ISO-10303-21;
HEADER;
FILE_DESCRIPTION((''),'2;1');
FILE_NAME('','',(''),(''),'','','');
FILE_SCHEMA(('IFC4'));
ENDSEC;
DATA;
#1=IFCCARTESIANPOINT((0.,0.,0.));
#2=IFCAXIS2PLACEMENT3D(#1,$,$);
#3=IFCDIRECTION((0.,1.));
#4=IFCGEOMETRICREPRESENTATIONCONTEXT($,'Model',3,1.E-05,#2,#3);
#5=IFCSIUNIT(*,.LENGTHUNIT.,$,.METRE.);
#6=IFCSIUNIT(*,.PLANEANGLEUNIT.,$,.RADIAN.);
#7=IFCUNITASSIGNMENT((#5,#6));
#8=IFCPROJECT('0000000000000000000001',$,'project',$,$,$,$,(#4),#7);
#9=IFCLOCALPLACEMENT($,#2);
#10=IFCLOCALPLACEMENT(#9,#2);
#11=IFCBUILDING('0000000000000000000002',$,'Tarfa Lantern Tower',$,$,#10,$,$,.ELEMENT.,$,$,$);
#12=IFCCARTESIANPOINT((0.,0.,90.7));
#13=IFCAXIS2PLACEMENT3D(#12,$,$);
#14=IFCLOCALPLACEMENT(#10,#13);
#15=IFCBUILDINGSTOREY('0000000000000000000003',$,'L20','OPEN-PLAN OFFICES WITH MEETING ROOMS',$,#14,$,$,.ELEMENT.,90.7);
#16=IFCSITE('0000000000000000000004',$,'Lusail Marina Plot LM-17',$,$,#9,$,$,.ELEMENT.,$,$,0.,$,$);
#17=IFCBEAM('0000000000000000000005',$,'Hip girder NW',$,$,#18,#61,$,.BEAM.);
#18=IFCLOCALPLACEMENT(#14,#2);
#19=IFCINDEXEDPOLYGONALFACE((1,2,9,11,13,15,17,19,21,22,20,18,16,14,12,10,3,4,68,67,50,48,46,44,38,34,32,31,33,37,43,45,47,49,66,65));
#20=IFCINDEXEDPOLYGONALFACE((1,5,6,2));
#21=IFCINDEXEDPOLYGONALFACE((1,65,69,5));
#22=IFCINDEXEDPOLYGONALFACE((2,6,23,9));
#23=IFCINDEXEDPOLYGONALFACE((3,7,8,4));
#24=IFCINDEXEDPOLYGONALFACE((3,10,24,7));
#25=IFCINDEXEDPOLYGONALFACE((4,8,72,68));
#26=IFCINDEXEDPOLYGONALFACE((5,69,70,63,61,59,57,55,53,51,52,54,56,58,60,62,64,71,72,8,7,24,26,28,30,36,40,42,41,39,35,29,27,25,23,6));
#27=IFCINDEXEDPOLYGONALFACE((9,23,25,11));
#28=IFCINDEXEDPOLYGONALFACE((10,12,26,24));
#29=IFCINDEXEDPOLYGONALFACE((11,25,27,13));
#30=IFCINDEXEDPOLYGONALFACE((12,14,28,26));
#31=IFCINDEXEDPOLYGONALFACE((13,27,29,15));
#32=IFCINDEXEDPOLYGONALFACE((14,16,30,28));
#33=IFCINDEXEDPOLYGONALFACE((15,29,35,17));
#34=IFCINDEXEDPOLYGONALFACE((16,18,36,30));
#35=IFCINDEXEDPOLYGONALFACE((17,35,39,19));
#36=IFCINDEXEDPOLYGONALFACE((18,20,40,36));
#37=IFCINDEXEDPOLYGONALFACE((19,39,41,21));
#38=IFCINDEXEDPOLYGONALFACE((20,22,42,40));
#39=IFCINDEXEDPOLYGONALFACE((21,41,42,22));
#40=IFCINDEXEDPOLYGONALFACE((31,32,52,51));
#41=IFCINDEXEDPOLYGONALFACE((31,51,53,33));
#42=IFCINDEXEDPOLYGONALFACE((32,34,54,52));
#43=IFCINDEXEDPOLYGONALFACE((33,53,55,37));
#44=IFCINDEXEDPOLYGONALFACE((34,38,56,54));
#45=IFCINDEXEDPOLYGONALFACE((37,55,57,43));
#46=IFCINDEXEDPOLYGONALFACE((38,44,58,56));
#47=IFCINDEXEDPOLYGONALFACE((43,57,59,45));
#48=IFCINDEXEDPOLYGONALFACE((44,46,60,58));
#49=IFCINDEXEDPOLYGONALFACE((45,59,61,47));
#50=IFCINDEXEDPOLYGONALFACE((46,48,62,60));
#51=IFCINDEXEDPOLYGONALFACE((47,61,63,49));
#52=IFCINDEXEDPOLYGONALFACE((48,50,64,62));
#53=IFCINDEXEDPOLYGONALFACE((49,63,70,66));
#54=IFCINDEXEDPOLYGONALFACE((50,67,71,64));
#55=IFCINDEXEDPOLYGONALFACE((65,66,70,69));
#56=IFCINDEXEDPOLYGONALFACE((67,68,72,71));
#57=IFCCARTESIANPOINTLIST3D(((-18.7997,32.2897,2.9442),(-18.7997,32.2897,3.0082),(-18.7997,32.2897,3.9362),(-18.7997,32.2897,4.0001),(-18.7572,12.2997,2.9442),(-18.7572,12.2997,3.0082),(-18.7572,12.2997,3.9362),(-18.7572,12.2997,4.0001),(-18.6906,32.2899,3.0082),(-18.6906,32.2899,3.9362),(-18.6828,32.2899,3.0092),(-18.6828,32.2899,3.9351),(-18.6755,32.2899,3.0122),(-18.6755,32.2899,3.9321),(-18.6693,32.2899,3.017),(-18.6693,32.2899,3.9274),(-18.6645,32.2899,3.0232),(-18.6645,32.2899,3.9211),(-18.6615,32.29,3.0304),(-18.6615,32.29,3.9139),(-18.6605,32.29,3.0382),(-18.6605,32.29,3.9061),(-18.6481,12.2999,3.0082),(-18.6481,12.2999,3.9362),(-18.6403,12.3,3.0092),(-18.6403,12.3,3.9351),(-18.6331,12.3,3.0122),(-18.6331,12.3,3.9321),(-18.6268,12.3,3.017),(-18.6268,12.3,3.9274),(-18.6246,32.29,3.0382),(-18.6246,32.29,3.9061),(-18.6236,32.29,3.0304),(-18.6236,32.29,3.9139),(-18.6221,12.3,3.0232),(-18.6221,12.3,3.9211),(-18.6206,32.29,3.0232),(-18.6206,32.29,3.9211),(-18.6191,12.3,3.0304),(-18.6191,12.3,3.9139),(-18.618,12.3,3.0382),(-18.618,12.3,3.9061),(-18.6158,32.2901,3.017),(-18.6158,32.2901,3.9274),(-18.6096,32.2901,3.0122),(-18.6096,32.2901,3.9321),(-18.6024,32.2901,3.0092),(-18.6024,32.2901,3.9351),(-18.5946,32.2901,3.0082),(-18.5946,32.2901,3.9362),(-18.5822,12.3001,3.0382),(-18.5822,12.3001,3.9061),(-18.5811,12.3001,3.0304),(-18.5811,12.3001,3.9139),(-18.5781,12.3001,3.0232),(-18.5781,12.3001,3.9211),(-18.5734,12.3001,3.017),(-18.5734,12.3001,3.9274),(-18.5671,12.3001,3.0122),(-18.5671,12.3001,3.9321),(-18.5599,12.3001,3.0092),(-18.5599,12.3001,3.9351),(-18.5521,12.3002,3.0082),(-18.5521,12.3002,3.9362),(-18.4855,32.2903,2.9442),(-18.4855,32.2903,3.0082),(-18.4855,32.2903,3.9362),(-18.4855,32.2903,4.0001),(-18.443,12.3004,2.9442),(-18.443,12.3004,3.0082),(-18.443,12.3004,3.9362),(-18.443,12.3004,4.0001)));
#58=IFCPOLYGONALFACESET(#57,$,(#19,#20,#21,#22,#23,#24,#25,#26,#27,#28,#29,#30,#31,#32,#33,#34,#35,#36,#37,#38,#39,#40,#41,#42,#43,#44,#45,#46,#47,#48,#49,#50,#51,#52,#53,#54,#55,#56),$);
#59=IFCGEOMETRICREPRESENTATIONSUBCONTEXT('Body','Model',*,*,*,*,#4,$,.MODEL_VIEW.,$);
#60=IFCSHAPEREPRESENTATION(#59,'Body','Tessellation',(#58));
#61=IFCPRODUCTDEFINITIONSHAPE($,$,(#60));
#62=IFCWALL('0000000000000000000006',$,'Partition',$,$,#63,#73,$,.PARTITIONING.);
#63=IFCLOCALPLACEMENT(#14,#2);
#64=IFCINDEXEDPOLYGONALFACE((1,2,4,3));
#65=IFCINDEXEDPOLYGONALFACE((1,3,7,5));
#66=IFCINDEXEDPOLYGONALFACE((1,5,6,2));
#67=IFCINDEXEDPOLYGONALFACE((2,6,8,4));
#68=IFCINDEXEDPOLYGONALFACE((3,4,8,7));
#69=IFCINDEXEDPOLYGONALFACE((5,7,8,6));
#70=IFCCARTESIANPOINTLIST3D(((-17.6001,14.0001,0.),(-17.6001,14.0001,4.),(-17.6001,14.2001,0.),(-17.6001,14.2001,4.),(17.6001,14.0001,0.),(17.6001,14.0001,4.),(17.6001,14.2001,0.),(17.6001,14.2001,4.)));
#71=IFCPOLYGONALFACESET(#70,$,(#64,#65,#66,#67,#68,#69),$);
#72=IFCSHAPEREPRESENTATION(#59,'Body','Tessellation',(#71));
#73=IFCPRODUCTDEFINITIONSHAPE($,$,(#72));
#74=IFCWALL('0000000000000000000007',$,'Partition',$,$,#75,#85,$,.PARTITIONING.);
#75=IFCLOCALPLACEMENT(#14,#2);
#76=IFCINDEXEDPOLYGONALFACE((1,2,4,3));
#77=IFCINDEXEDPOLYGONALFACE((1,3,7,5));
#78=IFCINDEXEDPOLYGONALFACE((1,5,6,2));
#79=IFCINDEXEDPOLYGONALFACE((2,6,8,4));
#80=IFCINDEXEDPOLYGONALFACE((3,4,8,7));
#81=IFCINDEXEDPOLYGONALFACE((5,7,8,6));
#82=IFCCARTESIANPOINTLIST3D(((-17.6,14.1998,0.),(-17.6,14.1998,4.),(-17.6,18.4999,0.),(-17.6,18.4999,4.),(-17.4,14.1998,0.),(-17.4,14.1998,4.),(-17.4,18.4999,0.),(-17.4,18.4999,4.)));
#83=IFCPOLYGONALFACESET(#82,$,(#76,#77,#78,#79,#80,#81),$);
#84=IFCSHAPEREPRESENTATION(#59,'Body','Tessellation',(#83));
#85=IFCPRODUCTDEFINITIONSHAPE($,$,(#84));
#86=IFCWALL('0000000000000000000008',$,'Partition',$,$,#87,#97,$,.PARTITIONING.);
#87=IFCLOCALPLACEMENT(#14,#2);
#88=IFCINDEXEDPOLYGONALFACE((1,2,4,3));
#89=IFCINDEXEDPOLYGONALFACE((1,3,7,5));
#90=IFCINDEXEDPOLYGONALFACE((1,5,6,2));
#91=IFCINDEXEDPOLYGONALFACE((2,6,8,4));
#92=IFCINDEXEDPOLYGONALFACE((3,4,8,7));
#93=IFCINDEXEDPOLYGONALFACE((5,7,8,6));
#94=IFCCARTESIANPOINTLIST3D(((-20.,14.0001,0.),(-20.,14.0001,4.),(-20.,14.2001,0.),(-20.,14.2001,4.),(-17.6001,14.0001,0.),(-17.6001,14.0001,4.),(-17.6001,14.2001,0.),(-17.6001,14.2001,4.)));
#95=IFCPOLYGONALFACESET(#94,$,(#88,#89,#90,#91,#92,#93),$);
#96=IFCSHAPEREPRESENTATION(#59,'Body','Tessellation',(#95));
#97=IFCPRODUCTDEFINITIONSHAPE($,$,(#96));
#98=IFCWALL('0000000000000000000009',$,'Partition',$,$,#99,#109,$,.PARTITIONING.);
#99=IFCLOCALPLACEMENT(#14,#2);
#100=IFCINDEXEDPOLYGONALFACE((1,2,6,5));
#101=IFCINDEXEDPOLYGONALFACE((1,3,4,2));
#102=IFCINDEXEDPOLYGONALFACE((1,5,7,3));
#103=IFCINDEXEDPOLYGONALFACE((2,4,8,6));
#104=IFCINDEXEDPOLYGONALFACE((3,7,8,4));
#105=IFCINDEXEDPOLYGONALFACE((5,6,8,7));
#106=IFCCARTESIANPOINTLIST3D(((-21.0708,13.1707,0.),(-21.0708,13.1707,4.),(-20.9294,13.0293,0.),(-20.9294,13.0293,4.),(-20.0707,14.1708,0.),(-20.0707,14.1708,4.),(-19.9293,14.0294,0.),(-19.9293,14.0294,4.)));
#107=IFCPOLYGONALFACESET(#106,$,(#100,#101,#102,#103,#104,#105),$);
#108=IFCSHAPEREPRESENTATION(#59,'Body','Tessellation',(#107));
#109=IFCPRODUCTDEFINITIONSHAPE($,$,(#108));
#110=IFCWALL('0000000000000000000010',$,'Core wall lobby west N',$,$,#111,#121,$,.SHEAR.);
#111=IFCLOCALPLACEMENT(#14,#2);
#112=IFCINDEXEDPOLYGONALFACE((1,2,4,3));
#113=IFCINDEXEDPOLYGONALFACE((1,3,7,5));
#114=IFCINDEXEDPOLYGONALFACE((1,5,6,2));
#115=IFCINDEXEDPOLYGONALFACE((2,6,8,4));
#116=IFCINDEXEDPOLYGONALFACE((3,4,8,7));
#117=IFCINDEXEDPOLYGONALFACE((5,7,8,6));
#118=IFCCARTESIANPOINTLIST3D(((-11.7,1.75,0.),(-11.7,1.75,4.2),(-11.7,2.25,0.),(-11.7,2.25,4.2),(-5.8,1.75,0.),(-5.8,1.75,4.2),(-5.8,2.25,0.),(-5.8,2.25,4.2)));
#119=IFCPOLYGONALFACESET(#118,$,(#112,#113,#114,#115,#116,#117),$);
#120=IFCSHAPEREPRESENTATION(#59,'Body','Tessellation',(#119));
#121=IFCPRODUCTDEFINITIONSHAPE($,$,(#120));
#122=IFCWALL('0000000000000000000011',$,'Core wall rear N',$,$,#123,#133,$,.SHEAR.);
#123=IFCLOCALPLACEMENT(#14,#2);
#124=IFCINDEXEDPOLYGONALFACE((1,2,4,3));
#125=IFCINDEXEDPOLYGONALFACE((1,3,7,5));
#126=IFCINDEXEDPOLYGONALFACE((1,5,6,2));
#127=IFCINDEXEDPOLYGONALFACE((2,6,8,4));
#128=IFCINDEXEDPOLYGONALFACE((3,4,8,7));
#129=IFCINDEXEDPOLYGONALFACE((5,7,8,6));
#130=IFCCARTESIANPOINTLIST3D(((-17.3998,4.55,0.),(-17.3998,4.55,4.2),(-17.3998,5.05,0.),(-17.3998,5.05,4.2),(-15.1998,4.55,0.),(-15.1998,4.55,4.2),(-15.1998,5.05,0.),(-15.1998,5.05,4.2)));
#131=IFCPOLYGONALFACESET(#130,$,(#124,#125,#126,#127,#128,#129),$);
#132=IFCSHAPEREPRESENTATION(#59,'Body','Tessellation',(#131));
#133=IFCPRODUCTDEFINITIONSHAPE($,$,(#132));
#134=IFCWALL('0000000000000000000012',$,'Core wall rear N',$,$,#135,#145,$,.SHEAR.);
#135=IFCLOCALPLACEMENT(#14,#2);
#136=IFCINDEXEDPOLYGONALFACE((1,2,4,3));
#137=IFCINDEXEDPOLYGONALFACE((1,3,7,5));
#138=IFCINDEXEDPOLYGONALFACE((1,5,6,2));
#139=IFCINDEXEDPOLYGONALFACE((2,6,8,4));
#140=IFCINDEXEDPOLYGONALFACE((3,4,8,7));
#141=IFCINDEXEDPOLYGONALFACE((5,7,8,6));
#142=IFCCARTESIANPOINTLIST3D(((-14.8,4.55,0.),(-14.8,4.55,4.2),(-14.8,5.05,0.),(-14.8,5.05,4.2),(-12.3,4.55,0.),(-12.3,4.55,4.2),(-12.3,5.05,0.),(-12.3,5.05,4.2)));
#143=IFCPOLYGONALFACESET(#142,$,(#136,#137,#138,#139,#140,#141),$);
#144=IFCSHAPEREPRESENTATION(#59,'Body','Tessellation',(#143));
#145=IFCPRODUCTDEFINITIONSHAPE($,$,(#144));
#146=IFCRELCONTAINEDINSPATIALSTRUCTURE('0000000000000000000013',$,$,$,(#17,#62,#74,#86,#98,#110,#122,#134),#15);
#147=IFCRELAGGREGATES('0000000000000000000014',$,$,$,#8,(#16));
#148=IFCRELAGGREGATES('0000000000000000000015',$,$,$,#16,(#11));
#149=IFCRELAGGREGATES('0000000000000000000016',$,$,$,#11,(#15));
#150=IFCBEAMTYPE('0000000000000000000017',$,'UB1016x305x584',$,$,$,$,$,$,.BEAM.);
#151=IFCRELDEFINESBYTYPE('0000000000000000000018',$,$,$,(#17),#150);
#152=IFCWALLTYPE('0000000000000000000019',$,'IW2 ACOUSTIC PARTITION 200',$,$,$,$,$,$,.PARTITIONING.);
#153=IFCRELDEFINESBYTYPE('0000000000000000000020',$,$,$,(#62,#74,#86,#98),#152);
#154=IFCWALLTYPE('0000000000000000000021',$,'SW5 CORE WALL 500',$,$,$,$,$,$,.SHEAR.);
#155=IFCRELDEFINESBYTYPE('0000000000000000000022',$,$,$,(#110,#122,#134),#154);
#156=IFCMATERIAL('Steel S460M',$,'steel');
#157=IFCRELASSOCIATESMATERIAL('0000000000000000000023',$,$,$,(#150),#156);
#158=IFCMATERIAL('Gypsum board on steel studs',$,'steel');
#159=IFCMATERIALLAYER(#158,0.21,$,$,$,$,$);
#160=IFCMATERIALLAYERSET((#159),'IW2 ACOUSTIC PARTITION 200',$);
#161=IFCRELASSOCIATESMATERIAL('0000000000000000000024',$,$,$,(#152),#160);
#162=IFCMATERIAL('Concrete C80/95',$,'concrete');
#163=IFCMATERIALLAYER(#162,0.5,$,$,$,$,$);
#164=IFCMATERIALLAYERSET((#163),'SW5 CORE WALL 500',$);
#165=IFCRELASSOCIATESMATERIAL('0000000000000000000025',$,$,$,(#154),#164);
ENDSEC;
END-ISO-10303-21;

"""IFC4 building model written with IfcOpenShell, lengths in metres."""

from ifc_helpers import new_model, si_unit, direction, frame, frame_2d, origin, origin_2d, place, context, subcontext, project, spatial, rectangle, i_section, extrude, material, layer, layer_set, material_profile, profile_set, type_object, element, save


model = new_model("IFC4")

# Units and contexts
model_context = context("Model", 3, precision=1e-05, world=origin(), true_north=direction((0.0, 1.0)))
body_context = subcontext(model_context, "Body", "Model", "MODEL_VIEW")
ifc_project = project(units=[si_unit("LENGTHUNIT", "METRE"), si_unit("PLANEANGLEUNIT", "RADIAN")], contexts=[model_context])

# Site, building, storey
site_placement = place(None, origin())
site = spatial("IfcSite", under=ifc_project, at=site_placement, Name="Lusail Marina Plot LM-17", CompositionType="ELEMENT", RefElevation=0.0)
building_placement = place(site_placement, origin())
building = spatial("IfcBuilding", under=site, at=building_placement, Name="Tarfa Lantern Tower", CompositionType="ELEMENT")
storey_placement = place(building_placement, frame((0.0, 0.0, 90.7)))
storey = spatial("IfcBuildingStorey", under=building, at=storey_placement, Name="L20", Description="OPEN-PLAN OFFICES WITH MEETING ROOMS", CompositionType="ELEMENT", Elevation=90.7)

# Beam
ifc_material_1 = material(Name="Steel S460M", Category="steel")
ifc_material_profile = material_profile(ifc_material_1, i_section(OverallWidth=0.3142, OverallDepth=1.0559, WebThickness=0.0359, FlangeThickness=0.064, FilletRadius=0.03, at=origin_2d()), Name="UB1016x305x584")
ifc_profile_set = profile_set([ifc_material_profile], Name="Steel S460M")
beam_type = type_object("IfcBeamType", Name="UB1016x305x584", PredefinedType="BEAM", material=ifc_profile_set)
beam_placement = place(storey_placement, frame((-18.6001, 12.3, 3.4722), z_axis=(-0.002125, 0.999998, 0.0), x_axis=(-0.999998, -0.002125, 0.0)))
element("IfcBeam", 1, at=beam_placement, inside=storey, type_object=beam_type, Name="Hip girder NW", PredefinedType="BEAM", context=body_context, shape_type="SweptSolid", body=[
    extrude(i_section(OverallWidth=0.3142, OverallDepth=1.0559, WebThickness=0.0359, FlangeThickness=0.064, FilletRadius=0.03, at=origin_2d()), origin(), (0.0, 0.0, 1.0), 19.99),
])

# Walls
ifc_material_2 = material(Name="Gypsum board on steel studs", Category="steel")
ifc_layer_1 = layer(ifc_material_2, 0.21)
ifc_layer_set_1 = layer_set([ifc_layer_1], Name="IW2 ACOUSTIC PARTITION 200")
wall_type_1 = type_object("IfcWallType", Name="IW2 ACOUSTIC PARTITION 200", PredefinedType="PARTITIONING", material=ifc_layer_set_1)
wall_1_placement = place(storey_placement, frame((-17.6001, 14.1001, 0.0), z_axis=(0.0, 0.0, 1.0), x_axis=(1.0, 0.0, 0.0)))
element("IfcWall", 2, at=wall_1_placement, inside=storey, type_object=wall_type_1, Name="Partition", PredefinedType="PARTITIONING", context=body_context, shape_type="SweptSolid", body=[
    extrude(rectangle(XDim=35.2002, YDim=0.2, at=frame_2d((17.6001, 0.0))), origin(), (0.0, 0.0, 1.0), 4.0),
])
wall_2_placement = place(storey_placement, frame((-17.5, 14.2, 0.0), z_axis=(0.0, 0.0, 1.0), x_axis=(0.0, 1.0, 0.0)))
element("IfcWall", 3, at=wall_2_placement, inside=storey, type_object=wall_type_1, Name="Partition", PredefinedType="PARTITIONING", context=body_context, shape_type="SweptSolid", body=[
    extrude(rectangle(XDim=4.3, YDim=0.2, at=frame_2d((2.1499, 0.0))), origin(), (0.0, 0.0, 1.0), 4.0),
])
wall_3_placement = place(storey_placement, frame((-20.0, 14.1001, 0.0), z_axis=(0.0, 0.0, 1.0), x_axis=(1.0, 0.0, 0.0)))
element("IfcWall", 4, at=wall_3_placement, inside=storey, type_object=wall_type_1, Name="Partition", PredefinedType="PARTITIONING", context=body_context, shape_type="SweptSolid", body=[
    extrude(rectangle(XDim=2.3999, YDim=0.2, at=frame_2d((1.2, 0.0))), origin(), (0.0, 0.0, 1.0), 4.0),
])
wall_4_placement = place(storey_placement, frame((-21.0, 13.1001, 0.0), z_axis=(0.0, 0.0, 1.0), x_axis=(0.707107, 0.707107, 0.0)))
element("IfcWall", 5, at=wall_4_placement, inside=storey, type_object=wall_type_1, Name="Partition", PredefinedType="PARTITIONING", context=body_context, shape_type="SweptSolid", body=[
    extrude(rectangle(XDim=1.4143, YDim=0.2, at=frame_2d((0.707, 0.0))), origin(), (0.0, 0.0, 1.0), 4.0),
])

# Shared definitions
ifc_material_3 = material(Name="Concrete C80/95", Category="concrete")

# Walls
ifc_layer_2 = layer(ifc_material_3, 0.5)
ifc_layer_set_2 = layer_set([ifc_layer_2], Name="SW5 CORE WALL 500")
wall_type_2 = type_object("IfcWallType", Name="SW5 CORE WALL 500", PredefinedType="SHEAR", material=ifc_layer_set_2)
wall_5_placement = place(storey_placement, frame((-11.7, 2.0, 0.0), z_axis=(0.0, 0.0, 1.0), x_axis=(1.0, 0.0, 0.0)))
element("IfcWall", 6, at=wall_5_placement, inside=storey, type_object=wall_type_2, Name="Core wall lobby west N", PredefinedType="SHEAR", context=body_context, shape_type="SweptSolid", body=[
    extrude(rectangle(XDim=5.8999, YDim=0.5, at=frame_2d((2.95, 0.0))), origin(), (0.0, 0.0, 1.0), 4.2),
])
wall_6_placement = place(storey_placement, frame((-17.3999, 4.8, 0.0), z_axis=(0.0, 0.0, 1.0), x_axis=(1.0, 0.0, 0.0)))
element("IfcWall", 7, at=wall_6_placement, inside=storey, type_object=wall_type_2, Name="Core wall rear N", PredefinedType="SHEAR", context=body_context, shape_type="SweptSolid", body=[
    extrude(rectangle(XDim=2.2, YDim=0.5, at=frame_2d((1.1001, 0.0))), origin(), (0.0, 0.0, 1.0), 4.2),
])
wall_7_placement = place(storey_placement, frame((-14.8, 4.8, 0.0), z_axis=(0.0, 0.0, 1.0), x_axis=(1.0, 0.0, 0.0)))
element("IfcWall", 8, at=wall_7_placement, inside=storey, type_object=wall_type_2, Name="Core wall rear N", PredefinedType="SHEAR", context=body_context, shape_type="SweptSolid", body=[
    extrude(rectangle(XDim=2.5, YDim=0.5, at=frame_2d((1.25, 0.0))), origin(), (0.0, 0.0, 1.0), 4.2),
])

save(model, "model.ifc")
